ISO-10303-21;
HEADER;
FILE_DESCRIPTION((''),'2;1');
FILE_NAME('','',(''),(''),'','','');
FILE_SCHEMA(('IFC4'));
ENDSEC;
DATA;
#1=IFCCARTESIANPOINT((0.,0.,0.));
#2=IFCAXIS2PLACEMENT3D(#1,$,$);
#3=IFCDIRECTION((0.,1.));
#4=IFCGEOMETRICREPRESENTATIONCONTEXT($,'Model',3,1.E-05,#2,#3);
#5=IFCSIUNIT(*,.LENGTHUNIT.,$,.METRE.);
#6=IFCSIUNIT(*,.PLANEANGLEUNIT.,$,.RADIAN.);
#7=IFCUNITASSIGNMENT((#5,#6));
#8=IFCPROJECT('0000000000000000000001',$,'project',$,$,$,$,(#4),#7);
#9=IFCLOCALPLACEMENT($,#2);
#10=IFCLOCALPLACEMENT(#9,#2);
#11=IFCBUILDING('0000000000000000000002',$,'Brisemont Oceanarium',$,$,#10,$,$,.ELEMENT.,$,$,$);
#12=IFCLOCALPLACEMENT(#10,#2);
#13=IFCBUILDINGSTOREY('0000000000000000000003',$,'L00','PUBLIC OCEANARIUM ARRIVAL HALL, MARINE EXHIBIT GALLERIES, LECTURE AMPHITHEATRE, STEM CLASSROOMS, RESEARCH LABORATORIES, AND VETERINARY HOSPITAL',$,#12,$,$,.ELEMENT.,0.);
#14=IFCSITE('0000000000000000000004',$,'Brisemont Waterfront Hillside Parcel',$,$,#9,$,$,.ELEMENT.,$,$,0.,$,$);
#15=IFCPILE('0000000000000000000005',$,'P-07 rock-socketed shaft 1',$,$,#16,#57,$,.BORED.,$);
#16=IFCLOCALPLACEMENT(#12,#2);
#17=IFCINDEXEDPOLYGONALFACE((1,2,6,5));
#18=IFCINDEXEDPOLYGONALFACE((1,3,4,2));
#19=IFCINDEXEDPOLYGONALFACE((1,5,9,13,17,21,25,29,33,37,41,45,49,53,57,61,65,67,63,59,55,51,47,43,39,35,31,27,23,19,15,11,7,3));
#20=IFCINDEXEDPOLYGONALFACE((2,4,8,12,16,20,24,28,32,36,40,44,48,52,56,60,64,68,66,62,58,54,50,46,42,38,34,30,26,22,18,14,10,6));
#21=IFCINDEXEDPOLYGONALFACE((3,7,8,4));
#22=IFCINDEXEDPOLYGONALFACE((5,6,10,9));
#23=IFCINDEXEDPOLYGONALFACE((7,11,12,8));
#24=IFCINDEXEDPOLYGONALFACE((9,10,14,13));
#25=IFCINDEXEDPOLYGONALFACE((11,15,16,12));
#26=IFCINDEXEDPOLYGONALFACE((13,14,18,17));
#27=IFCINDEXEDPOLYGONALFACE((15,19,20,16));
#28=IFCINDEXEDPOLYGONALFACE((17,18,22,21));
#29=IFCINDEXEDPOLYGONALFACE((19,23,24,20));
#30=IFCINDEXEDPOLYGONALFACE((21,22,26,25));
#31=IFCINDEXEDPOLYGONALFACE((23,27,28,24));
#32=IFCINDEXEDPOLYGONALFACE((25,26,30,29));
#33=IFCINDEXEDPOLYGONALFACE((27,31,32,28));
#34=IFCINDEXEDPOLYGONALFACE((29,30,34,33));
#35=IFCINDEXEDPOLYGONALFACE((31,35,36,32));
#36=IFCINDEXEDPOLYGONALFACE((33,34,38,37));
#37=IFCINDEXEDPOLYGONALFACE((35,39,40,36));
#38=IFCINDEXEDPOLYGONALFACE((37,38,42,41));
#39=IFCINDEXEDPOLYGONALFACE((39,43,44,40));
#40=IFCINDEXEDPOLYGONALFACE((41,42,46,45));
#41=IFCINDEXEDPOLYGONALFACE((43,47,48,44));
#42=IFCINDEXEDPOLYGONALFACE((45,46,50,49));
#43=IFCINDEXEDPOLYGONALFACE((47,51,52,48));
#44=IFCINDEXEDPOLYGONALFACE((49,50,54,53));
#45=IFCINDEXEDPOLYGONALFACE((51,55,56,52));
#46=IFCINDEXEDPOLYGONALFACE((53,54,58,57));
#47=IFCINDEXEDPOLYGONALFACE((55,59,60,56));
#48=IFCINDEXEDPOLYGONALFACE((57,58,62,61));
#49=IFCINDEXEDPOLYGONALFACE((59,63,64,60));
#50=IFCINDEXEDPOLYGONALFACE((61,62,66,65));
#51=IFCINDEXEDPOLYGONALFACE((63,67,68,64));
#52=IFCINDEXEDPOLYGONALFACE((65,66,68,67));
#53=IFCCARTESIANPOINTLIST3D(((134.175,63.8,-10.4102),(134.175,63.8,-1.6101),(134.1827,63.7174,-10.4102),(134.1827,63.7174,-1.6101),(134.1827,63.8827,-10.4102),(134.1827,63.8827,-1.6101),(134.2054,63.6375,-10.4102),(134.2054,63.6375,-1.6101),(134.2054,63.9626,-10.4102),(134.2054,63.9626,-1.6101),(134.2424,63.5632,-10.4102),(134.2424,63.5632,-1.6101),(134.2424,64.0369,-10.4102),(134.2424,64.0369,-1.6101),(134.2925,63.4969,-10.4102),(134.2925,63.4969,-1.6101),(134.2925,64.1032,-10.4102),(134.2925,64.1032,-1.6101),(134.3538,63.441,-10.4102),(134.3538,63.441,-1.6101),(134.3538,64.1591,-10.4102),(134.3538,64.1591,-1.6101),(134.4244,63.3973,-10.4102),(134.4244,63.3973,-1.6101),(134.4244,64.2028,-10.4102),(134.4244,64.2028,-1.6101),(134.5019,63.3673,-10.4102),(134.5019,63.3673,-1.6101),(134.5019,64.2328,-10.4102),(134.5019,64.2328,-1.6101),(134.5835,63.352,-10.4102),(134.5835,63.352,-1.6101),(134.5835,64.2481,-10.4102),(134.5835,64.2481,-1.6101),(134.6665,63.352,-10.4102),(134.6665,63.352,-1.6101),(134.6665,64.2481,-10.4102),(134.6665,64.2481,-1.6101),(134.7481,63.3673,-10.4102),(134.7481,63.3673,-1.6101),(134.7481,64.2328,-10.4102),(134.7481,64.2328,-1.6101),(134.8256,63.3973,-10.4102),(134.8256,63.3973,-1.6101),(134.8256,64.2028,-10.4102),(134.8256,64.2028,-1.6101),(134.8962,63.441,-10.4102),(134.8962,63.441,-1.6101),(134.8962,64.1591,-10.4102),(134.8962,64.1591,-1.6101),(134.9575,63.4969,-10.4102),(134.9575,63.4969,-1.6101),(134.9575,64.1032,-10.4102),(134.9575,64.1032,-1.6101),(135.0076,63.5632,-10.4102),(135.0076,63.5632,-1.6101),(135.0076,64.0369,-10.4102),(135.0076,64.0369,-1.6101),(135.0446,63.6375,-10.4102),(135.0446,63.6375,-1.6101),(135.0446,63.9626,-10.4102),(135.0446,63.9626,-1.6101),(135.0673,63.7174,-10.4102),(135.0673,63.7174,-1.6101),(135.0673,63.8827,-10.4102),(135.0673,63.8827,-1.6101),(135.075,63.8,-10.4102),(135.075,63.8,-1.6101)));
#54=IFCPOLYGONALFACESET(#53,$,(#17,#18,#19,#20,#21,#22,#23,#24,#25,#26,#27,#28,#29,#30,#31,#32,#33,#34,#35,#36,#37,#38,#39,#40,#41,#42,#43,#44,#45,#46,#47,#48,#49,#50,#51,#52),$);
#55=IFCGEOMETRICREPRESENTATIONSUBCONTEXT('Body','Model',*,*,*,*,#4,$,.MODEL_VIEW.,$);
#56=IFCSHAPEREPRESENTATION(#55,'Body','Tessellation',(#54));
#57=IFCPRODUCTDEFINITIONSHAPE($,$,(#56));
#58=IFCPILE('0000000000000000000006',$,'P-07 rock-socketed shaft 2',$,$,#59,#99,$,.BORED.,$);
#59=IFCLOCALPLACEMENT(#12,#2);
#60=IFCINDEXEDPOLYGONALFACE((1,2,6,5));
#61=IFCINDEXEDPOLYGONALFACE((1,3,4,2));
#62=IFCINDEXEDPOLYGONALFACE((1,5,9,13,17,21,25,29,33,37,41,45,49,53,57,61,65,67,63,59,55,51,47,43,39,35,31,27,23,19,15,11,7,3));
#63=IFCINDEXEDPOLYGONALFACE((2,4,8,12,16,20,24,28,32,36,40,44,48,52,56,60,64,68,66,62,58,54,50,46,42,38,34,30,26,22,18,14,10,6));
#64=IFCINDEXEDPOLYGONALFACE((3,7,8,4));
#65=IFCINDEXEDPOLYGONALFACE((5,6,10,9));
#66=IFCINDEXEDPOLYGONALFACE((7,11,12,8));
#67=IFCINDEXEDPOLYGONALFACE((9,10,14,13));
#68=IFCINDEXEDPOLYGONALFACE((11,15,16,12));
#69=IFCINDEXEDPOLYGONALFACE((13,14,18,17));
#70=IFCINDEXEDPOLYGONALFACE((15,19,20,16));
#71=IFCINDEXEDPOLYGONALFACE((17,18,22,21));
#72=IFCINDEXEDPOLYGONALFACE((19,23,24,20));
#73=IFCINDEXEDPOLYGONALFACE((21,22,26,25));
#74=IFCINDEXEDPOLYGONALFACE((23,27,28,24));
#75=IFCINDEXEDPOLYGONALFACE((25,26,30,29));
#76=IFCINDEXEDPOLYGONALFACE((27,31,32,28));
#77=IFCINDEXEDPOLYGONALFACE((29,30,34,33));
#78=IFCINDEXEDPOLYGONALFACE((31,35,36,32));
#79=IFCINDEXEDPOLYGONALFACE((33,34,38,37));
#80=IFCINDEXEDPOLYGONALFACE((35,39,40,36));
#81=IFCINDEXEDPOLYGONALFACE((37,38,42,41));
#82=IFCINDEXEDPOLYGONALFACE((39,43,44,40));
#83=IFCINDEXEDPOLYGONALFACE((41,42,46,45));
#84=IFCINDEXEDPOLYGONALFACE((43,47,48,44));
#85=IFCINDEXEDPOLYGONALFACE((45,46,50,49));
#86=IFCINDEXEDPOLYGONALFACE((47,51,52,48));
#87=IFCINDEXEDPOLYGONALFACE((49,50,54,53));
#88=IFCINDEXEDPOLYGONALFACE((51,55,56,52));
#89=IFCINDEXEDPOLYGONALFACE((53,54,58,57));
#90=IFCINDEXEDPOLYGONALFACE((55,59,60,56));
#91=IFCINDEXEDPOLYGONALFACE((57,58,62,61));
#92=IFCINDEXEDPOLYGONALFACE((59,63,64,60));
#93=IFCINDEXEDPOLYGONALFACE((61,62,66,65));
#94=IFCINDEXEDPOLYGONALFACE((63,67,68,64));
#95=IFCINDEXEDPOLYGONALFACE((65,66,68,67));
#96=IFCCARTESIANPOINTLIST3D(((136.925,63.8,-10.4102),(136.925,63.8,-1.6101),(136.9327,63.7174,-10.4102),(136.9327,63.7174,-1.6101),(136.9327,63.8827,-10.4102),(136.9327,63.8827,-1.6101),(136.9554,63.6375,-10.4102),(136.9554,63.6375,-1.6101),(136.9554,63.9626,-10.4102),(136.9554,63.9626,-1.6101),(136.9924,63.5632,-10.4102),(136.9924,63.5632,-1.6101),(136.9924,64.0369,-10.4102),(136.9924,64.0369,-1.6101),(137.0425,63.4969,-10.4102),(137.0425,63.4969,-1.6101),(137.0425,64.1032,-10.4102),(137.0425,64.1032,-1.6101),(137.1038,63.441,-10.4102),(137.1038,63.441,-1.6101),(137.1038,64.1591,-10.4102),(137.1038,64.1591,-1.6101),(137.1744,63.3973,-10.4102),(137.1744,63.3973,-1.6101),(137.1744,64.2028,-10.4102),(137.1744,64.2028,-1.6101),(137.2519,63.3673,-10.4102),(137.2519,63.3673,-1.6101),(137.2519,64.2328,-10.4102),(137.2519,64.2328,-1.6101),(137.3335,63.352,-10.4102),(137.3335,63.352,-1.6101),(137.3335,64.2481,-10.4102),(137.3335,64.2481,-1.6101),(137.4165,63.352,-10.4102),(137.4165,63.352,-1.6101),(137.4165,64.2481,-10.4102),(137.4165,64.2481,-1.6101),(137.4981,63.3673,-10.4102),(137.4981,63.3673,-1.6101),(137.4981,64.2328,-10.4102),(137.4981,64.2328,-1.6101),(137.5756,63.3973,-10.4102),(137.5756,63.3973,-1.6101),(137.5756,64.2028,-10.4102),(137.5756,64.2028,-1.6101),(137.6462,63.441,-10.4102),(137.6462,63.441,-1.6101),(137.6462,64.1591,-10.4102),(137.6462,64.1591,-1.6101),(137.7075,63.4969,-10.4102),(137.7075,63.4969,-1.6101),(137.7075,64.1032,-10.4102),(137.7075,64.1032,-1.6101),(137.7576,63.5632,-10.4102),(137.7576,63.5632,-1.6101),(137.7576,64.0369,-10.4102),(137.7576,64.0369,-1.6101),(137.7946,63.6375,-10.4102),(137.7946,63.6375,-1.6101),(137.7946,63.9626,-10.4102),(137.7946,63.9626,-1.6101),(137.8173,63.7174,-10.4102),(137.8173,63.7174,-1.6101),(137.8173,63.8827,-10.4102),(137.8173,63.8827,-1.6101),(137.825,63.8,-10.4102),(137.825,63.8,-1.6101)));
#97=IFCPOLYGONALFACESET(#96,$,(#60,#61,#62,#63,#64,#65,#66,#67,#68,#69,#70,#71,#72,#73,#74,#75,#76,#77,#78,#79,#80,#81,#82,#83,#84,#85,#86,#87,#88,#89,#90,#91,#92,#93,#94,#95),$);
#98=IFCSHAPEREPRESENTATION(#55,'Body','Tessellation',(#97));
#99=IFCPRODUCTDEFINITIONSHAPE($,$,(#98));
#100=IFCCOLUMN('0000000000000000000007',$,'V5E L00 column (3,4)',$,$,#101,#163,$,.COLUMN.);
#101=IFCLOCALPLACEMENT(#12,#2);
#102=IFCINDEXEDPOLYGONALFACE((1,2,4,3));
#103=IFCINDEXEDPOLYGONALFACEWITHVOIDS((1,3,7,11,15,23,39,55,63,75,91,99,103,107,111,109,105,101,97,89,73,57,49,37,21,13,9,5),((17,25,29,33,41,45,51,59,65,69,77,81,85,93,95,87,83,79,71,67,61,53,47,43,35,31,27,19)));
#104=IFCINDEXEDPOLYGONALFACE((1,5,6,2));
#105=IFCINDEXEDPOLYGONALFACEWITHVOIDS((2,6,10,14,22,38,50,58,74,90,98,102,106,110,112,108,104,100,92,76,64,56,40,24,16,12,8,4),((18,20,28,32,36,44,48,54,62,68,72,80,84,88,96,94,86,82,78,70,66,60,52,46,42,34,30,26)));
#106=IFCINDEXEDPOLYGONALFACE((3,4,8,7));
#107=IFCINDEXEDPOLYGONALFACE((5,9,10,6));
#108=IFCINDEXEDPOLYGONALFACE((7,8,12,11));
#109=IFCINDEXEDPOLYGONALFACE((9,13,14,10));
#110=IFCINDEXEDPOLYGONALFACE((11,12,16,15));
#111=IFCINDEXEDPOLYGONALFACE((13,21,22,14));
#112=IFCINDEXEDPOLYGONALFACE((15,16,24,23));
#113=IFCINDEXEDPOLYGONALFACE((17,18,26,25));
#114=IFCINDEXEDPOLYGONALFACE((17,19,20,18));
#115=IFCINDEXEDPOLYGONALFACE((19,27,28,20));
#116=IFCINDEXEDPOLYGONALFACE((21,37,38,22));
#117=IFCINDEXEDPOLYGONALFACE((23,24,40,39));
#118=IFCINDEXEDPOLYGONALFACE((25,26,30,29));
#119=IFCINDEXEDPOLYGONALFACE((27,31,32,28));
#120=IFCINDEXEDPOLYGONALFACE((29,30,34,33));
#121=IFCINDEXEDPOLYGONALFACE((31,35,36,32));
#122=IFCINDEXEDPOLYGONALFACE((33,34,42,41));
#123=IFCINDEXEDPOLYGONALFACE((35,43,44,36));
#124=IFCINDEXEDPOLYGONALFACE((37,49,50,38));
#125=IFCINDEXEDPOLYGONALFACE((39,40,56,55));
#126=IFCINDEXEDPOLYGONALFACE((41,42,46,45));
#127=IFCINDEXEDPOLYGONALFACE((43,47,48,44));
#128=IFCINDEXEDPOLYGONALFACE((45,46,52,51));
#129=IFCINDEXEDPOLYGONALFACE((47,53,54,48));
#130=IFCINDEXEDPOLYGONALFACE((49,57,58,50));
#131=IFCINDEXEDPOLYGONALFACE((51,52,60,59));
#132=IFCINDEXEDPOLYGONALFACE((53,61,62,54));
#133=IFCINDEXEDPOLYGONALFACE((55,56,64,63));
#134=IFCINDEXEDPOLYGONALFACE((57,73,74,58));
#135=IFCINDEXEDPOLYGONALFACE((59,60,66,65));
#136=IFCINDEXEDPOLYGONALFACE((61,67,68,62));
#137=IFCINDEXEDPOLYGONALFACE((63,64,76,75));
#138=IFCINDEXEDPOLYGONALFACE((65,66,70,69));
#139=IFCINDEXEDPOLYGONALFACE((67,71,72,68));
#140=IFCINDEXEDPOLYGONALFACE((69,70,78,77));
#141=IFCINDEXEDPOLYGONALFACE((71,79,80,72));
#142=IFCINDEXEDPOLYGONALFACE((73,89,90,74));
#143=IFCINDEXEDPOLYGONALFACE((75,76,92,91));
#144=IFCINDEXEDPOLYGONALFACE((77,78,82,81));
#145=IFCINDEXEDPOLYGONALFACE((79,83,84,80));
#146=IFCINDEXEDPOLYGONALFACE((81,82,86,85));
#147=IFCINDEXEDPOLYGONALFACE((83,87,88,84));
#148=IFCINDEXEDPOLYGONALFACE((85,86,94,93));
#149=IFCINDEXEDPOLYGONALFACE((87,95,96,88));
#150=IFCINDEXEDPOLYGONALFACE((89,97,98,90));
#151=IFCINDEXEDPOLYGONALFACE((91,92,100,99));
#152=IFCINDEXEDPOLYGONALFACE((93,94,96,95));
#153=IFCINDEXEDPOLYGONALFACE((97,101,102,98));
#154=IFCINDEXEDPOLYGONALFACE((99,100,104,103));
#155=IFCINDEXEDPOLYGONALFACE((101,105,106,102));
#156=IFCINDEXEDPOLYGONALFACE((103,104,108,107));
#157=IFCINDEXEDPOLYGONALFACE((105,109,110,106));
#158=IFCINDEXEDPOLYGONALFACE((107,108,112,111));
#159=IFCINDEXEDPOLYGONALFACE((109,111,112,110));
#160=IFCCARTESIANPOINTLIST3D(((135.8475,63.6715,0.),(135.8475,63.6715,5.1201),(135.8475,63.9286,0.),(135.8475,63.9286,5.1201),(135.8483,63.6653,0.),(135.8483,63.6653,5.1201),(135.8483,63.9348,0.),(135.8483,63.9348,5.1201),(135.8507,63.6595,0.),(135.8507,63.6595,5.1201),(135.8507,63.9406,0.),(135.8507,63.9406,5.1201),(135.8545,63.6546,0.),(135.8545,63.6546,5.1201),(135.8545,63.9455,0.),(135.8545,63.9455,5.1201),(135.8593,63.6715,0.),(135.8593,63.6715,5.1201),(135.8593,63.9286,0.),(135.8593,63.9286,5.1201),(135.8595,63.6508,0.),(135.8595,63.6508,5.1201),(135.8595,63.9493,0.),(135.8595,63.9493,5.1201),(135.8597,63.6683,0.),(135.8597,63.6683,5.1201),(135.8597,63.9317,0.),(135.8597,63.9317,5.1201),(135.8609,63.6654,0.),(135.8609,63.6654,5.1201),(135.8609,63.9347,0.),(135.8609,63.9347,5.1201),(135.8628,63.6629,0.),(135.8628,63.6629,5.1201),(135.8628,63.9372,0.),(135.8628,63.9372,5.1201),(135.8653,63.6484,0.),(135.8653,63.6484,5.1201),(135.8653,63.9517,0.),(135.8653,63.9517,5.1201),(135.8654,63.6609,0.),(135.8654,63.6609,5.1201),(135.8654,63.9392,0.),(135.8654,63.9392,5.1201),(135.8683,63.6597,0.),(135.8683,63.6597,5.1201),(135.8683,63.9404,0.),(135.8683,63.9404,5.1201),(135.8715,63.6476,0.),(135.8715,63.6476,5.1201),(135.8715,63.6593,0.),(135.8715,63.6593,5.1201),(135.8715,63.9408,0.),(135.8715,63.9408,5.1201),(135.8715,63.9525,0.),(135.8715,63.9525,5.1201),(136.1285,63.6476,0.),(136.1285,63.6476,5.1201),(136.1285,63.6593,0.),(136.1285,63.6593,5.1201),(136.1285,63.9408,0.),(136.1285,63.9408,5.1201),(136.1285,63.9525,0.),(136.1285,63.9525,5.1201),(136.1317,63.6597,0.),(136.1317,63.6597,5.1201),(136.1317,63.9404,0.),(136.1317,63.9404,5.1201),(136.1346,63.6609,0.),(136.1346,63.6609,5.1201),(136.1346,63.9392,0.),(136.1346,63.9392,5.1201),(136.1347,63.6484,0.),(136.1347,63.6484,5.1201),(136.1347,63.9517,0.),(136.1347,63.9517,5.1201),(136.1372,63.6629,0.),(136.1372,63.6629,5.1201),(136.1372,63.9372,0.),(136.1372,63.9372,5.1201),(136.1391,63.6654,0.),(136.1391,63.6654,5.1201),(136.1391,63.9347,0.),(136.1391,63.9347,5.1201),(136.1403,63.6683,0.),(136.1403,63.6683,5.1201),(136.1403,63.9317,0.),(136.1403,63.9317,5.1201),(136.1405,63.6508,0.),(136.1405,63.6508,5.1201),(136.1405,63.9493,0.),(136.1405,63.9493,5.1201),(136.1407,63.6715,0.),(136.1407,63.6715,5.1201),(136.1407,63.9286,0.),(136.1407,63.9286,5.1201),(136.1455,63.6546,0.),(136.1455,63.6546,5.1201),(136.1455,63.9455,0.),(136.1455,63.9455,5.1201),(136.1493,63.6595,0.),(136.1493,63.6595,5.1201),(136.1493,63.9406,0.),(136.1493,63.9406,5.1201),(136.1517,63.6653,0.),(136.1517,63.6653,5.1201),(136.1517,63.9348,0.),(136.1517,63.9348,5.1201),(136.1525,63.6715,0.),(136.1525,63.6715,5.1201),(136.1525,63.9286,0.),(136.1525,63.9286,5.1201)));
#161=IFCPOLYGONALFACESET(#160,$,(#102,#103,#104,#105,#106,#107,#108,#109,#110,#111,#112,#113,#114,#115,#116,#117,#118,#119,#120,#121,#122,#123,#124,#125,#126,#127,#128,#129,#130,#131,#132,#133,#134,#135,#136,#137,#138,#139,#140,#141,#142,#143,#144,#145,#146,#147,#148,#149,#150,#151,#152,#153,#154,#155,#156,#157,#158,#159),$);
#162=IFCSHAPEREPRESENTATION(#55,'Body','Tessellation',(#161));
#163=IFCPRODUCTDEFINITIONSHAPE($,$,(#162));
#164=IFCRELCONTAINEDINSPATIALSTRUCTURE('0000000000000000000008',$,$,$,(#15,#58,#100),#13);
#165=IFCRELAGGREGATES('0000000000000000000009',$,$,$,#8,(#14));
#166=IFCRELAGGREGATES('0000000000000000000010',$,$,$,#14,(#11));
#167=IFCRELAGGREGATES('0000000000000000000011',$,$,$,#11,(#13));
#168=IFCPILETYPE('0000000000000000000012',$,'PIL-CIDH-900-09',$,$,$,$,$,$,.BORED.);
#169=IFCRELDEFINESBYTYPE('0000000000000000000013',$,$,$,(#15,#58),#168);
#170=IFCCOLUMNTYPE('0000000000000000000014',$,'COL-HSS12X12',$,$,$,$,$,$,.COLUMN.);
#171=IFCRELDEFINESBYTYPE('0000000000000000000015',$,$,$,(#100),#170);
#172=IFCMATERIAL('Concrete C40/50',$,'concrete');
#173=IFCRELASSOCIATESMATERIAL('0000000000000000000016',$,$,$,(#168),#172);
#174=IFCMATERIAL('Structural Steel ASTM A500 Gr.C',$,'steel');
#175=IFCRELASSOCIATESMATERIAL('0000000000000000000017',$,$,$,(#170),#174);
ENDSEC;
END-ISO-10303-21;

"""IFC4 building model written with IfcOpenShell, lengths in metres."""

from ifc_helpers import new_model, si_unit, direction, frame, origin, origin_2d, place, context, subcontext, project, spatial, hollow_rectangle, circle, extrude, material, material_profile, profile_set, type_object, element, save


model = new_model("IFC4")

# Units and contexts
model_context = context("Model", 3, precision=1e-05, world=origin(), true_north=direction((0.0, 1.0)))
body_context = subcontext(model_context, "Body", "Model", "MODEL_VIEW")
ifc_project = project(units=[si_unit("LENGTHUNIT", "METRE"), si_unit("PLANEANGLEUNIT", "RADIAN")], contexts=[model_context])

# Site, building, storey
site_placement = place(None, origin())
site = spatial("IfcSite", under=ifc_project, at=site_placement, Name="Brisemont Waterfront Hillside Parcel", CompositionType="ELEMENT", RefElevation=0.0)
building_placement = place(site_placement, origin())
building = spatial("IfcBuilding", under=site, at=building_placement, Name="Brisemont Oceanarium", CompositionType="ELEMENT")
storey_placement = place(building_placement, origin())
storey = spatial("IfcBuildingStorey", under=building, at=storey_placement, Name="L00", Description="PUBLIC OCEANARIUM ARRIVAL HALL, MARINE EXHIBIT GALLERIES, LECTURE AMPHITHEATRE, STEM CLASSROOMS, RESEARCH LABORATORIES, AND VETERINARY HOSPITAL", CompositionType="ELEMENT", Elevation=0.0)

# Piles
ifc_material_1 = material(Name="Concrete C40/50", Category="concrete")
ifc_material_profile_1 = material_profile(ifc_material_1, circle(Radius=0.45, at=origin_2d()), Name="CIDH-D900")
ifc_profile_set_1 = profile_set([ifc_material_profile_1], Name="Concrete C40/50")
pile_type_1 = type_object("IfcPileType", Name="PIL-CIDH-900-09", PredefinedType="BORED", material=ifc_profile_set_1)
for number, where, z_axis, x_axis, name in (
    (1, (134.625, 63.8, -1.6101), (0.0, 0.0, -1.0), (1.0, 0.0, 0.0), "P-07 rock-socketed shaft 1"),
    (2, (137.375, 63.8, -1.6101), (0.0, 0.0, -1.0), (1.0, 0.0, 0.0), "P-07 rock-socketed shaft 2"),
):
    element("IfcPile", number, at=place(storey_placement, frame(where, z_axis=z_axis, x_axis=x_axis)), inside=storey, type_object=pile_type_1, Name=name, PredefinedType="BORED", context=body_context, shape_type="SweptSolid", body=[
        extrude(circle(Radius=0.45, at=origin_2d()), origin(), (0.0, 0.0, 1.0), 8.8),
    ])

# Column
ifc_material_2 = material(Name="Structural Steel ASTM A500 Gr.C", Category="steel")
ifc_material_profile_2 = material_profile(ifc_material_2, hollow_rectangle(XDim=0.3049, YDim=0.3049, WallThickness=0.0117, InnerFilletRadius=0.0122, OuterFilletRadius=0.0239, at=origin_2d()), Name="HSS12X12X1/2")
ifc_profile_set_2 = profile_set([ifc_material_profile_2], Name="Structural Steel ASTM A500 Gr.C")
column_type_1 = type_object("IfcColumnType", Name="COL-HSS12X12", PredefinedType="COLUMN", material=ifc_profile_set_2)
column_1_placement = place(storey_placement, frame((136.0, 63.8, 0.0), z_axis=(0.0, 0.0, 1.0), x_axis=(0.0, 1.0, 0.0)))
element("IfcColumn", 3, at=column_1_placement, inside=storey, type_object=column_type_1, Name="V5E L00 column (3,4)", PredefinedType="COLUMN", context=body_context, shape_type="SweptSolid", body=[
    extrude(hollow_rectangle(XDim=0.3049, YDim=0.3049, WallThickness=0.0117, InnerFilletRadius=0.0122, OuterFilletRadius=0.0239, at=origin_2d()), origin(), (0.0, 0.0, 1.0), 5.1201),
])

save(model, "model.ifc")
